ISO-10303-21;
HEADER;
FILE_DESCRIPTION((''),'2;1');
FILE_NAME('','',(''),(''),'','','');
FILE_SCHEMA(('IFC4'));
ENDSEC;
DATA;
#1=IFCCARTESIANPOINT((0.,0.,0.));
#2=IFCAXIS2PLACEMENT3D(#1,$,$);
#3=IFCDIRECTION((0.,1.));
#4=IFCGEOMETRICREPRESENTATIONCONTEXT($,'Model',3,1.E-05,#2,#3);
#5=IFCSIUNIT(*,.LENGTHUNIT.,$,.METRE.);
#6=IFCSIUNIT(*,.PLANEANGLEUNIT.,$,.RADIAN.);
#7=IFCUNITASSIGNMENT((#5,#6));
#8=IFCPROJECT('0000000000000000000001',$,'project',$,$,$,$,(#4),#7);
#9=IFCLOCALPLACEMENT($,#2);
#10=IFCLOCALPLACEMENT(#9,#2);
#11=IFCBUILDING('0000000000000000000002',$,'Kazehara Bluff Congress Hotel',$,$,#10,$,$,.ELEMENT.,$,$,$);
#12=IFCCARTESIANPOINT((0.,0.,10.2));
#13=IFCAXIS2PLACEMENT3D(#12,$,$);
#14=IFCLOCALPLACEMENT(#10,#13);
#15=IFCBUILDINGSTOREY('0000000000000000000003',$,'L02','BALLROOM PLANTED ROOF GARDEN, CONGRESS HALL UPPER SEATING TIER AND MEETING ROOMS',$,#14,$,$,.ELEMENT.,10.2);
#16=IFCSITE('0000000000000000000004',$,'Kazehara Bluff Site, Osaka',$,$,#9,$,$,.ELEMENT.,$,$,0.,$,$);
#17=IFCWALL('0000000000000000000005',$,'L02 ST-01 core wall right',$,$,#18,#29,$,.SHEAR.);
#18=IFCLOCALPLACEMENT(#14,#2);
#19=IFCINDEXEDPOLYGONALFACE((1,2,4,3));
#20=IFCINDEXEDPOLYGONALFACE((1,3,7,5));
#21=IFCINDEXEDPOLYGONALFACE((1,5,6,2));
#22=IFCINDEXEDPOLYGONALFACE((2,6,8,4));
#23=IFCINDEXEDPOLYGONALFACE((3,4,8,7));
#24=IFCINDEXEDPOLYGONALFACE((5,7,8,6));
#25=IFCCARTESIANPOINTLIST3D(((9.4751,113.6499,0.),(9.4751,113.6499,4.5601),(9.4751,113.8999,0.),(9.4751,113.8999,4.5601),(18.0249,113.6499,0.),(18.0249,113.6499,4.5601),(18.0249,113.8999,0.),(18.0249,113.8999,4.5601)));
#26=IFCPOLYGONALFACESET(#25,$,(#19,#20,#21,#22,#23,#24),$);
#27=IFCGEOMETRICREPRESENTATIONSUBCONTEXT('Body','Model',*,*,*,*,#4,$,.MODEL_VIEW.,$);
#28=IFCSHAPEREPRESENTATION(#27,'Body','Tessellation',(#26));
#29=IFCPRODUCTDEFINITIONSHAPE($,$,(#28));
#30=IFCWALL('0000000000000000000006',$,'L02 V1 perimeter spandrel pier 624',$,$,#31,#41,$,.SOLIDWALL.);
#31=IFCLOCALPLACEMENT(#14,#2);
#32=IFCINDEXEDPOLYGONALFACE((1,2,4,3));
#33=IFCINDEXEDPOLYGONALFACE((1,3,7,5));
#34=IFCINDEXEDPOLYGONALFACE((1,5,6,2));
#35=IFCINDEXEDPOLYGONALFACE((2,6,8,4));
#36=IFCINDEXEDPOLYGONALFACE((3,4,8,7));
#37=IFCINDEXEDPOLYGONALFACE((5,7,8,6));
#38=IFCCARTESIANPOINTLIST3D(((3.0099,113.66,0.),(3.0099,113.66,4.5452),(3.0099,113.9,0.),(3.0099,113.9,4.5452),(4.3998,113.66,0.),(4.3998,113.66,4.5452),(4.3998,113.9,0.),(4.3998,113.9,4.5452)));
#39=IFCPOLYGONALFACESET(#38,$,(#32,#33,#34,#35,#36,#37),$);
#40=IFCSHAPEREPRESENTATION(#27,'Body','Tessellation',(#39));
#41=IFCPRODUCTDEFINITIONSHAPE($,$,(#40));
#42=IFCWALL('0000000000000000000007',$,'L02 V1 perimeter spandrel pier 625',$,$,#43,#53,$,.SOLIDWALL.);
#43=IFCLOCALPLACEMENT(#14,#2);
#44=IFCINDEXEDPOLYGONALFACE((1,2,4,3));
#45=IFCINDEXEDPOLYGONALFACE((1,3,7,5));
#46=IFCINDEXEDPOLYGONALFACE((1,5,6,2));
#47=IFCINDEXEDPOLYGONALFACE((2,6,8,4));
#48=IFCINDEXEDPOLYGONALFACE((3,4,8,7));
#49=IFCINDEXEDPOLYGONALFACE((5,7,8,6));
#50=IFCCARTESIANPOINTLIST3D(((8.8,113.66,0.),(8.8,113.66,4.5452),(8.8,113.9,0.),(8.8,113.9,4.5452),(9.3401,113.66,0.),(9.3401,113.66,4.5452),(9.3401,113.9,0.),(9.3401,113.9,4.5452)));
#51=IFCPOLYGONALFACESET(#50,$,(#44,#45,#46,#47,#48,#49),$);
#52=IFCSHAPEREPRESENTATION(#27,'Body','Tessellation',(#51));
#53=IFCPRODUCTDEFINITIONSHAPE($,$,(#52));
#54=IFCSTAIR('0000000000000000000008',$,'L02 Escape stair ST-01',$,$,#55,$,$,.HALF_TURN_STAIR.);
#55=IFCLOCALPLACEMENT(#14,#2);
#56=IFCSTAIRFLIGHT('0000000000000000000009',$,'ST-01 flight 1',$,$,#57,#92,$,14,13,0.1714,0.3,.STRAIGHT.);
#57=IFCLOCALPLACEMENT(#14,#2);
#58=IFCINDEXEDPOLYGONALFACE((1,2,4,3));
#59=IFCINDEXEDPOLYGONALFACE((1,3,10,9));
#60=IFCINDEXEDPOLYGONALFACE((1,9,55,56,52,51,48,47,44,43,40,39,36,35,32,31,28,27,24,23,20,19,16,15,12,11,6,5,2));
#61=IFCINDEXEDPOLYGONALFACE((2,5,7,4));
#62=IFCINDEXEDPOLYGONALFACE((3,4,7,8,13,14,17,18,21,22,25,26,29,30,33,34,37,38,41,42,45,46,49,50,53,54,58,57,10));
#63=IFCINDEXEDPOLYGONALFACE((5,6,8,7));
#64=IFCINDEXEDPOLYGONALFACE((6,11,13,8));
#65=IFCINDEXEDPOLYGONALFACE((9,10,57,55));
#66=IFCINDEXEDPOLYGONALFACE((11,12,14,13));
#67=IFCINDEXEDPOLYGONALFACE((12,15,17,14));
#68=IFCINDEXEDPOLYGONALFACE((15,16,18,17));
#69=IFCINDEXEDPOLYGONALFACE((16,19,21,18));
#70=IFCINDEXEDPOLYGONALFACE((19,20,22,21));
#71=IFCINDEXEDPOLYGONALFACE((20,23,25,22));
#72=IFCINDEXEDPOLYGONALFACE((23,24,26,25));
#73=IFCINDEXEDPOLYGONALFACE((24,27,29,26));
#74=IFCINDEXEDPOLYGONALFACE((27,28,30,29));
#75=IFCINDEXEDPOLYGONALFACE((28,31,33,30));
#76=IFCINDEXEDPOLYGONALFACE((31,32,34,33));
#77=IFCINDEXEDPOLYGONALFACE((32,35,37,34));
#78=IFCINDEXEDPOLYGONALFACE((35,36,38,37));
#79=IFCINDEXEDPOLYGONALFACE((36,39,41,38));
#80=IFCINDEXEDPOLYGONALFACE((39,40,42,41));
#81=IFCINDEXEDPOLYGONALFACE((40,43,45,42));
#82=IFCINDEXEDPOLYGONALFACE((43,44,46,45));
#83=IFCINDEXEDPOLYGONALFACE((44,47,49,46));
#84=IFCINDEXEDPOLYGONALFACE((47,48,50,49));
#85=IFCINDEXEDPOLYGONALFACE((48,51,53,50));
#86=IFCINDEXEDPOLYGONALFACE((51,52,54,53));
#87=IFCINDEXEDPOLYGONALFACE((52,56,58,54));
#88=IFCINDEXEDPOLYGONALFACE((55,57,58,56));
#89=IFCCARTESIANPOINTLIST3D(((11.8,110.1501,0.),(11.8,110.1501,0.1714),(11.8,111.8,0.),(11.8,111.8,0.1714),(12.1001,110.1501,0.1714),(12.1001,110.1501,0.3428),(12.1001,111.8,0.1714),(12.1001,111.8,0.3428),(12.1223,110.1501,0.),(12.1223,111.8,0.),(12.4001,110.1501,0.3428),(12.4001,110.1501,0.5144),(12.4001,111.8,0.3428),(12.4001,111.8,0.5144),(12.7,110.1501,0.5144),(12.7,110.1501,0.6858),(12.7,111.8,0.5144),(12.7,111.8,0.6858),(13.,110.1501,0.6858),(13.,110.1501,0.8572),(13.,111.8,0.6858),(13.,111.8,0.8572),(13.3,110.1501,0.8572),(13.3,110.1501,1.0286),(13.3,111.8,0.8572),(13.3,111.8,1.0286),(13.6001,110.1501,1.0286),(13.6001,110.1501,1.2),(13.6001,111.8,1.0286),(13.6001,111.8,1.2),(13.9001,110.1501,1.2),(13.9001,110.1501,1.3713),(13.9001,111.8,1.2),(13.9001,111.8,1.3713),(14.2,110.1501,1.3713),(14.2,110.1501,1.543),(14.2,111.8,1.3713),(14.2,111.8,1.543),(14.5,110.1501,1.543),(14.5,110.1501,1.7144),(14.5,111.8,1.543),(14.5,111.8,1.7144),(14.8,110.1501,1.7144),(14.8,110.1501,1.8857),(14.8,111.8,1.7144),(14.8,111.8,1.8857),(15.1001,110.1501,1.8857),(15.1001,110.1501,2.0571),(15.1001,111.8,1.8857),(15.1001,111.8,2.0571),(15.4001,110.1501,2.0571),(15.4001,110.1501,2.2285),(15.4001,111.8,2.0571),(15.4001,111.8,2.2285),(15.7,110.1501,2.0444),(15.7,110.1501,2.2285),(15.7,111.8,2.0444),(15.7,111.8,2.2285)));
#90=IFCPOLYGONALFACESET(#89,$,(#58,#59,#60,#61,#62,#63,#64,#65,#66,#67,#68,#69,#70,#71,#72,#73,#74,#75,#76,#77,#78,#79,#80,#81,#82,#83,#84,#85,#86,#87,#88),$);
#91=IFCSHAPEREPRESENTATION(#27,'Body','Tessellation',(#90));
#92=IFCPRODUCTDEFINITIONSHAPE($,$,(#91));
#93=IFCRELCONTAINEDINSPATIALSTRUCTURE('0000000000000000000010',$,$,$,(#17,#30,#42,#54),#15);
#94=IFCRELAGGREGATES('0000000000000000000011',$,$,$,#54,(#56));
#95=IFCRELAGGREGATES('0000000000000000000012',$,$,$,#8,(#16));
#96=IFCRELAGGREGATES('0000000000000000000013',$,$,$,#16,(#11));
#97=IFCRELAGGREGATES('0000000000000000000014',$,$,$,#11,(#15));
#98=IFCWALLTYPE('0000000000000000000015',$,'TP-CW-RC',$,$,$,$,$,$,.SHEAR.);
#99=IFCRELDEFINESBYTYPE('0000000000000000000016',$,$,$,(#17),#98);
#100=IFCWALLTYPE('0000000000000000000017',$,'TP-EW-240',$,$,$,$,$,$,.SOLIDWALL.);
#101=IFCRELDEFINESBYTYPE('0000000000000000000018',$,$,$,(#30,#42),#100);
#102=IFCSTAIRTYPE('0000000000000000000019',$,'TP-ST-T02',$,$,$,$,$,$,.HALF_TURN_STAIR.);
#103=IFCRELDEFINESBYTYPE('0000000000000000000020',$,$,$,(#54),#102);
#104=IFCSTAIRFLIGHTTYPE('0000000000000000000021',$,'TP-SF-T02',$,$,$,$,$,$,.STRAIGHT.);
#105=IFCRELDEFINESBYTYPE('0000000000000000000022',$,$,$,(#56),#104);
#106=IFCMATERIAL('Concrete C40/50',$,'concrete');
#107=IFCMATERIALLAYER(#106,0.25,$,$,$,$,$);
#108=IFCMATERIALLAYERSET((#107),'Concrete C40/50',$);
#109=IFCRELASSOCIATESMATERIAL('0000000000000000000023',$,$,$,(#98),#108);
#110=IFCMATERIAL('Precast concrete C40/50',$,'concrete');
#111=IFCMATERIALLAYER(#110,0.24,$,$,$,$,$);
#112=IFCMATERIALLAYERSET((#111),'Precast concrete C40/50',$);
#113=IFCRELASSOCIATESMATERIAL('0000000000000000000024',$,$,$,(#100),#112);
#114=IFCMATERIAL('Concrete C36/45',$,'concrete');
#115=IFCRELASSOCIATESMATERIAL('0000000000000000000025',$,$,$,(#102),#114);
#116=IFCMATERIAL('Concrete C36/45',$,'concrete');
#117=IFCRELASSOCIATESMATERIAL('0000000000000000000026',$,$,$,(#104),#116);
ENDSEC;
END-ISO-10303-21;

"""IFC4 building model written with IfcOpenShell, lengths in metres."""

from ifc_helpers import new_model, si_unit, direction, frame, frame_2d, origin, place, context, subcontext, project, spatial, polyline, rectangle, outline, extrude, material, layer, layer_set, type_object, element, aggregate, save


model = new_model("IFC4")

# Units and contexts
model_context = context("Model", 3, precision=1e-05, world=origin(), true_north=direction((0.0, 1.0)))
body_context = subcontext(model_context, "Body", "Model", "MODEL_VIEW")
ifc_project = project(units=[si_unit("LENGTHUNIT", "METRE"), si_unit("PLANEANGLEUNIT", "RADIAN")], contexts=[model_context])

# Site, building, storey
site_placement = place(None, origin())
site = spatial("IfcSite", under=ifc_project, at=site_placement, Name="Kazehara Bluff Site, Osaka", CompositionType="ELEMENT", RefElevation=0.0)
building_placement = place(site_placement, origin())
building = spatial("IfcBuilding", under=site, at=building_placement, Name="Kazehara Bluff Congress Hotel", CompositionType="ELEMENT")
storey_placement = place(building_placement, frame((0.0, 0.0, 10.2)))
storey = spatial("IfcBuildingStorey", under=building, at=storey_placement, Name="L02", Description="BALLROOM PLANTED ROOF GARDEN, CONGRESS HALL UPPER SEATING TIER AND MEETING ROOMS", CompositionType="ELEMENT", Elevation=10.2)

# Shared definitions
ifc_material_1 = material(Name="Concrete C40/50", Category="concrete")
ifc_layer_1 = layer(ifc_material_1, 0.25)
ifc_layer_set_1 = layer_set([ifc_layer_1], Name="Concrete C40/50")
wall_type_1 = type_object("IfcWallType", Name="TP-CW-RC", PredefinedType="SHEAR", material=ifc_layer_set_1)

# Walls
wall_1_placement = place(storey_placement, frame((9.4751, 113.7749, 0.0), z_axis=(0.0, 0.0, 1.0), x_axis=(1.0, 0.0, 0.0)))
element("IfcWall", 1, at=wall_1_placement, inside=storey, type_object=wall_type_1, Name="L02 ST-01 core wall right", PredefinedType="SHEAR", context=body_context, shape_type="SweptSolid", body=[
    extrude(rectangle(XDim=8.5498, YDim=0.25, at=frame_2d((4.2749, 0.0))), origin(), (0.0, 0.0, 1.0), 4.5601),
])
ifc_material_2 = material(Name="Precast concrete C40/50", Category="concrete")
ifc_layer_2 = layer(ifc_material_2, 0.24)
ifc_layer_set_2 = layer_set([ifc_layer_2], Name="Precast concrete C40/50")
wall_type_2 = type_object("IfcWallType", Name="TP-EW-240", PredefinedType="SOLIDWALL", material=ifc_layer_set_2)
wall_2_placement = place(storey_placement, frame((3.01, 113.78, 0.0), z_axis=(0.0, 0.0, 1.0), x_axis=(1.0, 0.0, 0.0)))
element("IfcWall", 2, at=wall_2_placement, inside=storey, type_object=wall_type_2, Name="L02 V1 perimeter spandrel pier 624", PredefinedType="SOLIDWALL", context=body_context, shape_type="SweptSolid", body=[
    extrude(rectangle(XDim=1.3899, YDim=0.24, at=frame_2d((0.6948, 0.0))), origin(), (0.0, 0.0, 1.0), 4.5452),
])
wall_3_placement = place(storey_placement, frame((8.8, 113.78, 0.0), z_axis=(0.0, 0.0, 1.0), x_axis=(1.0, 0.0, 0.0)))
element("IfcWall", 3, at=wall_3_placement, inside=storey, type_object=wall_type_2, Name="L02 V1 perimeter spandrel pier 625", PredefinedType="SOLIDWALL", context=body_context, shape_type="SweptSolid", body=[
    extrude(rectangle(XDim=0.54, YDim=0.24, at=frame_2d((0.27, 0.0))), origin(), (0.0, 0.0, 1.0), 4.5452),
])

# Stair, stair flight
ifc_material_3 = material(Name="Concrete C36/45", Category="concrete")
stair_type = type_object("IfcStairType", Name="TP-ST-T02", PredefinedType="HALF_TURN_STAIR", material=ifc_material_3)
stair_placement = place(storey_placement, origin())
stair = element("IfcStair", 4, at=stair_placement, inside=storey, type_object=stair_type, Name="L02 Escape stair ST-01", PredefinedType="HALF_TURN_STAIR")
ifc_material_4 = material(Name="Concrete C36/45", Category="concrete")
stair_flight_type = type_object("IfcStairFlightType", Name="TP-SF-T02", PredefinedType="STRAIGHT", material=ifc_material_4)
stair_flight_placement = place(storey_placement, frame((11.8, 110.9751, 0.0), z_axis=(0.0, 0.0, 1.0), x_axis=(1.0, 0.0, 0.0)))
stair_flight = element("IfcStairFlight", 5, at=stair_flight_placement, type_object=stair_flight_type, Name="ST-01 flight 1", NumberOfRisers=14, NumberOfTreads=13, PredefinedType="STRAIGHT", RiserHeight=0.1714, TreadLength=0.3, context=body_context, shape_type="SweptSolid", body=[
    extrude(outline(polyline([(0.0, 0.0), (0.0, 0.1714), (0.3, 0.1714), (0.3, 0.3428), (0.6001, 0.3428), (0.6001, 0.5144), (0.8999, 0.5144), (0.8999, 0.6858), (1.2, 0.6858), (1.2, 0.8572), (1.5, 0.8572), (1.5, 1.0286), (1.8, 1.0286), (1.8, 1.2), (2.1001, 1.2), (2.1001, 1.3713), (2.3999, 1.3713), (2.3999, 1.543), (2.7, 1.543), (2.7, 1.7144), (3.0, 1.7144), (3.0, 1.8857), (3.3, 1.8857), (3.3, 2.0571), (3.6001, 2.0571), (3.6001, 2.2285), (3.8999, 2.2285), (3.8999, 2.3999), (3.8999, 2.0444), (0.3223, 0.0), (0.0, 0.0)])), frame((0.0, 0.825, 0.0), z_axis=(0.0, -1.0, 0.0), x_axis=(1.0, 0.0, 0.0)), (0.0, 0.0, 1.0), 1.6499),
])
aggregate(stair, [stair_flight])

save(model, "model.ifc")
